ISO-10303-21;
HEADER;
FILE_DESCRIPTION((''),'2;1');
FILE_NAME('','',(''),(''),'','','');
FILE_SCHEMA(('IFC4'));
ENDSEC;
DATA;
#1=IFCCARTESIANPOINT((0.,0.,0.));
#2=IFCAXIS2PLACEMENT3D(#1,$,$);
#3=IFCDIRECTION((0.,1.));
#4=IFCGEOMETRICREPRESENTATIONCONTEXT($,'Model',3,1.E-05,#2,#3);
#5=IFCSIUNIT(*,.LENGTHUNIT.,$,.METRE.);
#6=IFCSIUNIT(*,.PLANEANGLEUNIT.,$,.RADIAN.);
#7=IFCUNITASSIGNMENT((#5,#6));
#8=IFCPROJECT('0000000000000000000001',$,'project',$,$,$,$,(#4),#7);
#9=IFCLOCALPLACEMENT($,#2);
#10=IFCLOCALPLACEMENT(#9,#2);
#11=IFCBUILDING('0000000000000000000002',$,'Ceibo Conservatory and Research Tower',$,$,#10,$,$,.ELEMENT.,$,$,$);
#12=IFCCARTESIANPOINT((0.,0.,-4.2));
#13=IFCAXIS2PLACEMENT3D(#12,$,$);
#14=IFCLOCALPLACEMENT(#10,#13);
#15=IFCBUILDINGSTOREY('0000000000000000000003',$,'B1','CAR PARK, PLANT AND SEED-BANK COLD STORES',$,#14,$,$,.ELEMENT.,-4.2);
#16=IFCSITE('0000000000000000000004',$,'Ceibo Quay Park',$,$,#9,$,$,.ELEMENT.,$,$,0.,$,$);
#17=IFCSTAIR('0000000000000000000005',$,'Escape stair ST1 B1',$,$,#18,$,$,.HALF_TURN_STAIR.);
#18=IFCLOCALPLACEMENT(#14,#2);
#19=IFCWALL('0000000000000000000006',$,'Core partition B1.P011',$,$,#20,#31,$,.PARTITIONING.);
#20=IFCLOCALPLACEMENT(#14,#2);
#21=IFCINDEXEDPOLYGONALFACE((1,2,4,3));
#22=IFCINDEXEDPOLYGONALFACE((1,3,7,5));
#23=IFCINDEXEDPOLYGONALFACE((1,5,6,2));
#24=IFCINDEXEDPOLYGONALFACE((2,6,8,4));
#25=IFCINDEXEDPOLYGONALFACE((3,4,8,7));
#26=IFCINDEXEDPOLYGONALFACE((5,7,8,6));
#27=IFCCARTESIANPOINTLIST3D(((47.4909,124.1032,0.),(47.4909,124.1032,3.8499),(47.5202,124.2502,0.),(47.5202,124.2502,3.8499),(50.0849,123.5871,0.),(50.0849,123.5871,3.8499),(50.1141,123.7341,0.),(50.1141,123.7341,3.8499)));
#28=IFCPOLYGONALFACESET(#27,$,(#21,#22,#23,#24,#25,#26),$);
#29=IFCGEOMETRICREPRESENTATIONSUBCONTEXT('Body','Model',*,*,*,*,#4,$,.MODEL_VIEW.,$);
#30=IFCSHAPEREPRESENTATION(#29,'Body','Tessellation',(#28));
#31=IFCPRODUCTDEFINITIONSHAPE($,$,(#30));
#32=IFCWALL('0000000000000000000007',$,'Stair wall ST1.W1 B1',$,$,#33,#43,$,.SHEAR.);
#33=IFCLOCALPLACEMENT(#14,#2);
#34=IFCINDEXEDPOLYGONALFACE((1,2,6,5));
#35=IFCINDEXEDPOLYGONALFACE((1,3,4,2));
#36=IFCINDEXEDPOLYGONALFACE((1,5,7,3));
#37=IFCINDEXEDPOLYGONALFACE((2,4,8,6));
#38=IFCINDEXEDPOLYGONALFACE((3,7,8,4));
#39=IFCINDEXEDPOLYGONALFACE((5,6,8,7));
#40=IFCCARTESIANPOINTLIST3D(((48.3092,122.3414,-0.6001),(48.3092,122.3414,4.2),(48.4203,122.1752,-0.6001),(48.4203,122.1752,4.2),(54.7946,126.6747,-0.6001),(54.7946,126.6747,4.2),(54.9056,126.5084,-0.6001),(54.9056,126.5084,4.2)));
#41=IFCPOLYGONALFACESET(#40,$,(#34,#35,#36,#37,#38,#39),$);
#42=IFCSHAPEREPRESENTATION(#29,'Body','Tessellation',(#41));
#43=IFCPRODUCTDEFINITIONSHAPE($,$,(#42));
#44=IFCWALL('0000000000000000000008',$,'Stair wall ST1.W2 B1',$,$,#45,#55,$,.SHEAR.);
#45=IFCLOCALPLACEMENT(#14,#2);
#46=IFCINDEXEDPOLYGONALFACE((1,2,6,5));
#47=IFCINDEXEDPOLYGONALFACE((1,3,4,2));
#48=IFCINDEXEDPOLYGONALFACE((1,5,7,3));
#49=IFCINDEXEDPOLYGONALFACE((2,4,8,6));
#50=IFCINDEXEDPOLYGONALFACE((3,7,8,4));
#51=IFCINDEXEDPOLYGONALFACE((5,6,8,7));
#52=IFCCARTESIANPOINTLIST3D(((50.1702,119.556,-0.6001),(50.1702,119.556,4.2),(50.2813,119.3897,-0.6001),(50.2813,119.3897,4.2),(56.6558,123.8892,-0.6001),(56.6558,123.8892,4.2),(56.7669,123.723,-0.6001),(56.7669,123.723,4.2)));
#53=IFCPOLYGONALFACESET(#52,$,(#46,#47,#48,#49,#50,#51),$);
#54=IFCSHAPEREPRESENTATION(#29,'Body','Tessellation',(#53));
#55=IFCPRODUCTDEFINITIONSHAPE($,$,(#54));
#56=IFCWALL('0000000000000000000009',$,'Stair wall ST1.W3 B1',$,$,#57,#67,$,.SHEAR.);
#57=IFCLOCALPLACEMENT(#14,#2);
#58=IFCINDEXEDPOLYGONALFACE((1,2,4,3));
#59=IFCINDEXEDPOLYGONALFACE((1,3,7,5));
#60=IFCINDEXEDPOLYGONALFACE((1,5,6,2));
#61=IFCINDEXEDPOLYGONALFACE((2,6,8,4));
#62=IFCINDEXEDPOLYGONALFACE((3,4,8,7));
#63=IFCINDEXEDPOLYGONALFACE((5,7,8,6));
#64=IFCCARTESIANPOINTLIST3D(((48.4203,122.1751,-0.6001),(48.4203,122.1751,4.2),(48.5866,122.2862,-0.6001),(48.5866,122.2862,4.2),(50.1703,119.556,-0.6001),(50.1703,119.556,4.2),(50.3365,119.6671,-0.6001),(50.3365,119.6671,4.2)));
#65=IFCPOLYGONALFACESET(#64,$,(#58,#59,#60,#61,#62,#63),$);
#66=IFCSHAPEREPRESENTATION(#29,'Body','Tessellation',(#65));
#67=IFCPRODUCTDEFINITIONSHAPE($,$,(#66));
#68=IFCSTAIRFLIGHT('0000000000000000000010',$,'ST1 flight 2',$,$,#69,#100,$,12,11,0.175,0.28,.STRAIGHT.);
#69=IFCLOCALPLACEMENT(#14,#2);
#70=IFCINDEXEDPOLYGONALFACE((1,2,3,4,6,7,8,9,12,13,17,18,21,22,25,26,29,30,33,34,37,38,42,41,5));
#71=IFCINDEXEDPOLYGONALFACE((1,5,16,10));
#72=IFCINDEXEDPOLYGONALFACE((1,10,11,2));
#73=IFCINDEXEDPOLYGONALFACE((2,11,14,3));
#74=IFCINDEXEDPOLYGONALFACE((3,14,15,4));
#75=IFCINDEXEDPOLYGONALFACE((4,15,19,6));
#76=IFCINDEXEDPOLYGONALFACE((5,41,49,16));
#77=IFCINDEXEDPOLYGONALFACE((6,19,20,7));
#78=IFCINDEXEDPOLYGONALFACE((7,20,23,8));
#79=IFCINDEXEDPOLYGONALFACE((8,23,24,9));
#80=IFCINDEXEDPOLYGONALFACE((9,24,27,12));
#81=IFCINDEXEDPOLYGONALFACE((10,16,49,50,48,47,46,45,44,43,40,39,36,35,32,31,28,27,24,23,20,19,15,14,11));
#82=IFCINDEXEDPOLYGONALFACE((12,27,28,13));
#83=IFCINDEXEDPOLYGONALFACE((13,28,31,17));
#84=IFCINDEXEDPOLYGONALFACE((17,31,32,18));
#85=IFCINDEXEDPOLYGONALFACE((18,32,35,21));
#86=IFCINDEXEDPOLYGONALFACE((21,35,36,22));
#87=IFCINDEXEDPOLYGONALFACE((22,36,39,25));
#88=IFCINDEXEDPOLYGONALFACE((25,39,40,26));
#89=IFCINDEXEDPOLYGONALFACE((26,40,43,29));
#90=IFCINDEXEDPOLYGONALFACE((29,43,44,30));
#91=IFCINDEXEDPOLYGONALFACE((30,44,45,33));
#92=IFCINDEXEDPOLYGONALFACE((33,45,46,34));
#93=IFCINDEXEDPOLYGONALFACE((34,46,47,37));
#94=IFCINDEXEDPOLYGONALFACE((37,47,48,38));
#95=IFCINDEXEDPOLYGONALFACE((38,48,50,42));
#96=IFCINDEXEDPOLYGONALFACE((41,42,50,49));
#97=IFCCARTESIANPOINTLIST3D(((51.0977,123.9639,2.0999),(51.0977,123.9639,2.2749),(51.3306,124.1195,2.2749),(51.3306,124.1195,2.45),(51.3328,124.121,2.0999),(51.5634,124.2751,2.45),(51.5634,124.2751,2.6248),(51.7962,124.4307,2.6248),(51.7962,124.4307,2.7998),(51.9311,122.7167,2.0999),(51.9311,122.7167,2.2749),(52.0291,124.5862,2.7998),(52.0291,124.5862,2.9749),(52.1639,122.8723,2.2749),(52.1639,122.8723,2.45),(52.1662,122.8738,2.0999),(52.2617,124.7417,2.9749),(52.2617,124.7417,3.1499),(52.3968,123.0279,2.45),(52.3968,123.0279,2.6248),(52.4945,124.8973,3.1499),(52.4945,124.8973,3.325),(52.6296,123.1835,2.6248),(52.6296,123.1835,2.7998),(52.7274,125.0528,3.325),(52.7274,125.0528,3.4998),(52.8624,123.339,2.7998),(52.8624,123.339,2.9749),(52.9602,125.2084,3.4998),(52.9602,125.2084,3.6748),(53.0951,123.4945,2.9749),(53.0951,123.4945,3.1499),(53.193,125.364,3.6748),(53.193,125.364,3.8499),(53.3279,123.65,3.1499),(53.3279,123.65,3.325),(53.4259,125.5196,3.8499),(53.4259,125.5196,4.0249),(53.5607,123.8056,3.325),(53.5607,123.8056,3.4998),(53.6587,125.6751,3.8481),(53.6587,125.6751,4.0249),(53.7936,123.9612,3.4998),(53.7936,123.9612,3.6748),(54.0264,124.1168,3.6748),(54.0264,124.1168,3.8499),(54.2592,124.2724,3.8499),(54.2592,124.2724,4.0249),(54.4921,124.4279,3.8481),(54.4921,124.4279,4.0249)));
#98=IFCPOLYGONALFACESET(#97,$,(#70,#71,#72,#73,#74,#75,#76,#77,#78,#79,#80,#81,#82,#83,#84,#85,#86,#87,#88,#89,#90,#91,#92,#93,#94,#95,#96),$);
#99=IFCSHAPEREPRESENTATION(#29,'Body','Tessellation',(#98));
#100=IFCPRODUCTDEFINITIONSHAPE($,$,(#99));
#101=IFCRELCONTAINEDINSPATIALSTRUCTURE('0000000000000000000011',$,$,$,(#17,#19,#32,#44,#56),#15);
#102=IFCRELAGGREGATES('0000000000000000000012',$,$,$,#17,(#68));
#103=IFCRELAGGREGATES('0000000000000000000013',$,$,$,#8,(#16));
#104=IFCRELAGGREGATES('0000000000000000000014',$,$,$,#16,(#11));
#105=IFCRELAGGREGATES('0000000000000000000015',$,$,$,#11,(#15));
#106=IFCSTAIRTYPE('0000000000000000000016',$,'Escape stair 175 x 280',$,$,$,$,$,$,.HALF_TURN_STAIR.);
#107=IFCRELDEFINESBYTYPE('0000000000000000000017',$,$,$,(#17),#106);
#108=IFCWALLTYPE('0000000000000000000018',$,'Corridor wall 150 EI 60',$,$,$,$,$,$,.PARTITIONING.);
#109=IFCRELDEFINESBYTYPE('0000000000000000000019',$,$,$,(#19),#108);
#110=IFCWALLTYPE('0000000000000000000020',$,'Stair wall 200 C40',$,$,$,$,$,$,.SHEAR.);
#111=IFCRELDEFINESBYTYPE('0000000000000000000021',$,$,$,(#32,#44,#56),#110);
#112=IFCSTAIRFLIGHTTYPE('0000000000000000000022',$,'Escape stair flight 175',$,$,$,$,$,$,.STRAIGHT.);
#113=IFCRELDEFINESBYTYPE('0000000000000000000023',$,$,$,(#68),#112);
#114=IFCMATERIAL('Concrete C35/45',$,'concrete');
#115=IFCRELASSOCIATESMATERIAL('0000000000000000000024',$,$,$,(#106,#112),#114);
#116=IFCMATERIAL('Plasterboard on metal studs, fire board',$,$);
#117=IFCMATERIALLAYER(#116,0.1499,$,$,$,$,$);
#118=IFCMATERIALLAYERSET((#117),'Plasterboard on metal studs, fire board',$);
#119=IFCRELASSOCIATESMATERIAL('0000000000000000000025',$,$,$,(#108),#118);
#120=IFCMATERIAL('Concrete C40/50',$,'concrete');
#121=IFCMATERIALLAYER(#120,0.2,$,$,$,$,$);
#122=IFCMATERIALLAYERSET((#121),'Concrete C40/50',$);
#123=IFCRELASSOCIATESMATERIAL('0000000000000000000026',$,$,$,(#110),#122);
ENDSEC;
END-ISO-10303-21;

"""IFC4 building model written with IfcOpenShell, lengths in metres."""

from ifc_helpers import new_model, si_unit, direction, frame, frame_2d, origin, place, context, subcontext, project, spatial, polyline, rectangle, outline, extrude, material, layer, layer_set, type_object, element, aggregate, save


model = new_model("IFC4")

# Units and contexts
model_context = context("Model", 3, precision=1e-05, world=origin(), true_north=direction((0.0, 1.0)))
body_context = subcontext(model_context, "Body", "Model", "MODEL_VIEW")
ifc_project = project(units=[si_unit("LENGTHUNIT", "METRE"), si_unit("PLANEANGLEUNIT", "RADIAN")], contexts=[model_context])

# Site, building, storey
site_placement = place(None, origin())
site = spatial("IfcSite", under=ifc_project, at=site_placement, Name="Ceibo Quay Park", CompositionType="ELEMENT", RefElevation=0.0)
building_placement = place(site_placement, origin())
building = spatial("IfcBuilding", under=site, at=building_placement, Name="Ceibo Conservatory and Research Tower", CompositionType="ELEMENT")
storey_placement = place(building_placement, frame((0.0, 0.0, -4.2)))
storey = spatial("IfcBuildingStorey", under=building, at=storey_placement, Name="B1", Description="CAR PARK, PLANT AND SEED-BANK COLD STORES", CompositionType="ELEMENT", Elevation=-4.2)

# Shared definitions
ifc_material_1 = material(Name="Concrete C35/45", Category="concrete")

# Stair
stair_type = type_object("IfcStairType", Name="Escape stair 175 x 280", PredefinedType="HALF_TURN_STAIR", material=ifc_material_1)
stair_placement = place(storey_placement, origin())
stair = element("IfcStair", 1, at=stair_placement, inside=storey, type_object=stair_type, Name="Escape stair ST1 B1", PredefinedType="HALF_TURN_STAIR")

# Walls
ifc_material_2 = material(Name="Plasterboard on metal studs, fire board")
ifc_layer_1 = layer(ifc_material_2, 0.1499)
ifc_layer_set_1 = layer_set([ifc_layer_1], Name="Plasterboard on metal studs, fire board")
wall_type_1 = type_object("IfcWallType", Name="Corridor wall 150 EI 60", PredefinedType="PARTITIONING", material=ifc_layer_set_1)
wall_1_placement = place(storey_placement, frame((50.0994, 123.6606, 0.0), z_axis=(0.0, 0.0, 1.0), x_axis=(-0.980775, 0.19514, 0.0)))
element("IfcWall", 2, at=wall_1_placement, inside=storey, type_object=wall_type_1, Name="Core partition B1.P011", PredefinedType="PARTITIONING", context=body_context, shape_type="SweptSolid", body=[
    extrude(rectangle(XDim=2.6448, YDim=0.1499, at=frame_2d((1.3223, 0.0))), origin(), (0.0, 0.0, 1.0), 3.8499),
])
ifc_material_3 = material(Name="Concrete C40/50", Category="concrete")
ifc_layer_2 = layer(ifc_material_3, 0.2)
ifc_layer_set_2 = layer_set([ifc_layer_2], Name="Concrete C40/50")
wall_type_2 = type_object("IfcWallType", Name="Stair wall 200 C40", PredefinedType="SHEAR", material=ifc_layer_set_2)
wall_2_placement = place(storey_placement, frame((48.3647, 122.2583, -0.6001), z_axis=(0.0, 0.0, 1.0), x_axis=(0.831477, 0.555559, 0.0)))
element("IfcWall", 3, at=wall_2_placement, inside=storey, type_object=wall_type_2, Name="Stair wall ST1.W1 B1", PredefinedType="SHEAR", context=body_context, shape_type="SweptSolid", body=[
    extrude(rectangle(XDim=7.7998, YDim=0.2, at=frame_2d((3.8999, 0.0))), origin(), (0.0, 0.0, 1.0), 4.8),
])
wall_3_placement = place(storey_placement, frame((50.2258, 119.4729, -0.6001), z_axis=(0.0, 0.0, 1.0), x_axis=(0.831486, 0.555545, 0.0)))
element("IfcWall", 4, at=wall_3_placement, inside=storey, type_object=wall_type_2, Name="Stair wall ST1.W2 B1", PredefinedType="SHEAR", context=body_context, shape_type="SweptSolid", body=[
    extrude(rectangle(XDim=7.8, YDim=0.2, at=frame_2d((3.8999, 0.0))), origin(), (0.0, 0.0, 1.0), 4.8),
])
wall_4_placement = place(storey_placement, frame((50.2534, 119.6116, -0.6001), z_axis=(0.0, 0.0, 1.0), x_axis=(-0.555558, 0.831478, 0.0)))
element("IfcWall", 5, at=wall_4_placement, inside=storey, type_object=wall_type_2, Name="Stair wall ST1.W3 B1", PredefinedType="SHEAR", context=body_context, shape_type="SweptSolid", body=[
    extrude(rectangle(XDim=3.1499, YDim=0.2, at=frame_2d((1.575, 0.0))), origin(), (0.0, 0.0, 1.0), 4.8),
])

# Stair flight
stair_flight_type = type_object("IfcStairFlightType", Name="Escape stair flight 175", PredefinedType="STRAIGHT", material=ifc_material_1)
stair_flight_placement = place(storey_placement, frame((51.5144, 123.3403, 2.0999), z_axis=(0.0, 0.0, 1.0), x_axis=(0.83147, 0.55557, 0.0)))
stair_flight = element("IfcStairFlight", 6, at=stair_flight_placement, type_object=stair_flight_type, Name="ST1 flight 2", NumberOfRisers=12, NumberOfTreads=11, PredefinedType="STRAIGHT", RiserHeight=0.175, TreadLength=0.28, context=body_context, shape_type="SweptSolid", body=[
    extrude(outline(polyline([(0.0, 0.0), (0.0, 0.175), (0.28, 0.175), (0.28, 0.3501), (0.5601, 0.3501), (0.5601, 0.5249), (0.8401, 0.5249), (0.8401, 0.7), (1.1201, 0.7), (1.1201, 0.875), (1.3999, 0.875), (1.3999, 1.05), (1.6799, 1.05), (1.6799, 1.2251), (1.96, 1.2251), (1.96, 1.3999), (2.24, 1.3999), (2.24, 1.575), (2.52, 1.575), (2.52, 1.75), (2.8, 1.75), (2.8, 1.925), (3.0801, 1.925), (3.0801, 2.1001), (3.0801, 1.7483), (0.2827, 0.0), (0.0, 0.0)])), frame((0.0, 0.75, 0.0), z_axis=(0.0, -1.0, 0.0), x_axis=(1.0, 0.0, 0.0)), (0.0, 0.0, 1.0), 1.5),
])
aggregate(stair, [stair_flight])

save(model, "model.ifc")
